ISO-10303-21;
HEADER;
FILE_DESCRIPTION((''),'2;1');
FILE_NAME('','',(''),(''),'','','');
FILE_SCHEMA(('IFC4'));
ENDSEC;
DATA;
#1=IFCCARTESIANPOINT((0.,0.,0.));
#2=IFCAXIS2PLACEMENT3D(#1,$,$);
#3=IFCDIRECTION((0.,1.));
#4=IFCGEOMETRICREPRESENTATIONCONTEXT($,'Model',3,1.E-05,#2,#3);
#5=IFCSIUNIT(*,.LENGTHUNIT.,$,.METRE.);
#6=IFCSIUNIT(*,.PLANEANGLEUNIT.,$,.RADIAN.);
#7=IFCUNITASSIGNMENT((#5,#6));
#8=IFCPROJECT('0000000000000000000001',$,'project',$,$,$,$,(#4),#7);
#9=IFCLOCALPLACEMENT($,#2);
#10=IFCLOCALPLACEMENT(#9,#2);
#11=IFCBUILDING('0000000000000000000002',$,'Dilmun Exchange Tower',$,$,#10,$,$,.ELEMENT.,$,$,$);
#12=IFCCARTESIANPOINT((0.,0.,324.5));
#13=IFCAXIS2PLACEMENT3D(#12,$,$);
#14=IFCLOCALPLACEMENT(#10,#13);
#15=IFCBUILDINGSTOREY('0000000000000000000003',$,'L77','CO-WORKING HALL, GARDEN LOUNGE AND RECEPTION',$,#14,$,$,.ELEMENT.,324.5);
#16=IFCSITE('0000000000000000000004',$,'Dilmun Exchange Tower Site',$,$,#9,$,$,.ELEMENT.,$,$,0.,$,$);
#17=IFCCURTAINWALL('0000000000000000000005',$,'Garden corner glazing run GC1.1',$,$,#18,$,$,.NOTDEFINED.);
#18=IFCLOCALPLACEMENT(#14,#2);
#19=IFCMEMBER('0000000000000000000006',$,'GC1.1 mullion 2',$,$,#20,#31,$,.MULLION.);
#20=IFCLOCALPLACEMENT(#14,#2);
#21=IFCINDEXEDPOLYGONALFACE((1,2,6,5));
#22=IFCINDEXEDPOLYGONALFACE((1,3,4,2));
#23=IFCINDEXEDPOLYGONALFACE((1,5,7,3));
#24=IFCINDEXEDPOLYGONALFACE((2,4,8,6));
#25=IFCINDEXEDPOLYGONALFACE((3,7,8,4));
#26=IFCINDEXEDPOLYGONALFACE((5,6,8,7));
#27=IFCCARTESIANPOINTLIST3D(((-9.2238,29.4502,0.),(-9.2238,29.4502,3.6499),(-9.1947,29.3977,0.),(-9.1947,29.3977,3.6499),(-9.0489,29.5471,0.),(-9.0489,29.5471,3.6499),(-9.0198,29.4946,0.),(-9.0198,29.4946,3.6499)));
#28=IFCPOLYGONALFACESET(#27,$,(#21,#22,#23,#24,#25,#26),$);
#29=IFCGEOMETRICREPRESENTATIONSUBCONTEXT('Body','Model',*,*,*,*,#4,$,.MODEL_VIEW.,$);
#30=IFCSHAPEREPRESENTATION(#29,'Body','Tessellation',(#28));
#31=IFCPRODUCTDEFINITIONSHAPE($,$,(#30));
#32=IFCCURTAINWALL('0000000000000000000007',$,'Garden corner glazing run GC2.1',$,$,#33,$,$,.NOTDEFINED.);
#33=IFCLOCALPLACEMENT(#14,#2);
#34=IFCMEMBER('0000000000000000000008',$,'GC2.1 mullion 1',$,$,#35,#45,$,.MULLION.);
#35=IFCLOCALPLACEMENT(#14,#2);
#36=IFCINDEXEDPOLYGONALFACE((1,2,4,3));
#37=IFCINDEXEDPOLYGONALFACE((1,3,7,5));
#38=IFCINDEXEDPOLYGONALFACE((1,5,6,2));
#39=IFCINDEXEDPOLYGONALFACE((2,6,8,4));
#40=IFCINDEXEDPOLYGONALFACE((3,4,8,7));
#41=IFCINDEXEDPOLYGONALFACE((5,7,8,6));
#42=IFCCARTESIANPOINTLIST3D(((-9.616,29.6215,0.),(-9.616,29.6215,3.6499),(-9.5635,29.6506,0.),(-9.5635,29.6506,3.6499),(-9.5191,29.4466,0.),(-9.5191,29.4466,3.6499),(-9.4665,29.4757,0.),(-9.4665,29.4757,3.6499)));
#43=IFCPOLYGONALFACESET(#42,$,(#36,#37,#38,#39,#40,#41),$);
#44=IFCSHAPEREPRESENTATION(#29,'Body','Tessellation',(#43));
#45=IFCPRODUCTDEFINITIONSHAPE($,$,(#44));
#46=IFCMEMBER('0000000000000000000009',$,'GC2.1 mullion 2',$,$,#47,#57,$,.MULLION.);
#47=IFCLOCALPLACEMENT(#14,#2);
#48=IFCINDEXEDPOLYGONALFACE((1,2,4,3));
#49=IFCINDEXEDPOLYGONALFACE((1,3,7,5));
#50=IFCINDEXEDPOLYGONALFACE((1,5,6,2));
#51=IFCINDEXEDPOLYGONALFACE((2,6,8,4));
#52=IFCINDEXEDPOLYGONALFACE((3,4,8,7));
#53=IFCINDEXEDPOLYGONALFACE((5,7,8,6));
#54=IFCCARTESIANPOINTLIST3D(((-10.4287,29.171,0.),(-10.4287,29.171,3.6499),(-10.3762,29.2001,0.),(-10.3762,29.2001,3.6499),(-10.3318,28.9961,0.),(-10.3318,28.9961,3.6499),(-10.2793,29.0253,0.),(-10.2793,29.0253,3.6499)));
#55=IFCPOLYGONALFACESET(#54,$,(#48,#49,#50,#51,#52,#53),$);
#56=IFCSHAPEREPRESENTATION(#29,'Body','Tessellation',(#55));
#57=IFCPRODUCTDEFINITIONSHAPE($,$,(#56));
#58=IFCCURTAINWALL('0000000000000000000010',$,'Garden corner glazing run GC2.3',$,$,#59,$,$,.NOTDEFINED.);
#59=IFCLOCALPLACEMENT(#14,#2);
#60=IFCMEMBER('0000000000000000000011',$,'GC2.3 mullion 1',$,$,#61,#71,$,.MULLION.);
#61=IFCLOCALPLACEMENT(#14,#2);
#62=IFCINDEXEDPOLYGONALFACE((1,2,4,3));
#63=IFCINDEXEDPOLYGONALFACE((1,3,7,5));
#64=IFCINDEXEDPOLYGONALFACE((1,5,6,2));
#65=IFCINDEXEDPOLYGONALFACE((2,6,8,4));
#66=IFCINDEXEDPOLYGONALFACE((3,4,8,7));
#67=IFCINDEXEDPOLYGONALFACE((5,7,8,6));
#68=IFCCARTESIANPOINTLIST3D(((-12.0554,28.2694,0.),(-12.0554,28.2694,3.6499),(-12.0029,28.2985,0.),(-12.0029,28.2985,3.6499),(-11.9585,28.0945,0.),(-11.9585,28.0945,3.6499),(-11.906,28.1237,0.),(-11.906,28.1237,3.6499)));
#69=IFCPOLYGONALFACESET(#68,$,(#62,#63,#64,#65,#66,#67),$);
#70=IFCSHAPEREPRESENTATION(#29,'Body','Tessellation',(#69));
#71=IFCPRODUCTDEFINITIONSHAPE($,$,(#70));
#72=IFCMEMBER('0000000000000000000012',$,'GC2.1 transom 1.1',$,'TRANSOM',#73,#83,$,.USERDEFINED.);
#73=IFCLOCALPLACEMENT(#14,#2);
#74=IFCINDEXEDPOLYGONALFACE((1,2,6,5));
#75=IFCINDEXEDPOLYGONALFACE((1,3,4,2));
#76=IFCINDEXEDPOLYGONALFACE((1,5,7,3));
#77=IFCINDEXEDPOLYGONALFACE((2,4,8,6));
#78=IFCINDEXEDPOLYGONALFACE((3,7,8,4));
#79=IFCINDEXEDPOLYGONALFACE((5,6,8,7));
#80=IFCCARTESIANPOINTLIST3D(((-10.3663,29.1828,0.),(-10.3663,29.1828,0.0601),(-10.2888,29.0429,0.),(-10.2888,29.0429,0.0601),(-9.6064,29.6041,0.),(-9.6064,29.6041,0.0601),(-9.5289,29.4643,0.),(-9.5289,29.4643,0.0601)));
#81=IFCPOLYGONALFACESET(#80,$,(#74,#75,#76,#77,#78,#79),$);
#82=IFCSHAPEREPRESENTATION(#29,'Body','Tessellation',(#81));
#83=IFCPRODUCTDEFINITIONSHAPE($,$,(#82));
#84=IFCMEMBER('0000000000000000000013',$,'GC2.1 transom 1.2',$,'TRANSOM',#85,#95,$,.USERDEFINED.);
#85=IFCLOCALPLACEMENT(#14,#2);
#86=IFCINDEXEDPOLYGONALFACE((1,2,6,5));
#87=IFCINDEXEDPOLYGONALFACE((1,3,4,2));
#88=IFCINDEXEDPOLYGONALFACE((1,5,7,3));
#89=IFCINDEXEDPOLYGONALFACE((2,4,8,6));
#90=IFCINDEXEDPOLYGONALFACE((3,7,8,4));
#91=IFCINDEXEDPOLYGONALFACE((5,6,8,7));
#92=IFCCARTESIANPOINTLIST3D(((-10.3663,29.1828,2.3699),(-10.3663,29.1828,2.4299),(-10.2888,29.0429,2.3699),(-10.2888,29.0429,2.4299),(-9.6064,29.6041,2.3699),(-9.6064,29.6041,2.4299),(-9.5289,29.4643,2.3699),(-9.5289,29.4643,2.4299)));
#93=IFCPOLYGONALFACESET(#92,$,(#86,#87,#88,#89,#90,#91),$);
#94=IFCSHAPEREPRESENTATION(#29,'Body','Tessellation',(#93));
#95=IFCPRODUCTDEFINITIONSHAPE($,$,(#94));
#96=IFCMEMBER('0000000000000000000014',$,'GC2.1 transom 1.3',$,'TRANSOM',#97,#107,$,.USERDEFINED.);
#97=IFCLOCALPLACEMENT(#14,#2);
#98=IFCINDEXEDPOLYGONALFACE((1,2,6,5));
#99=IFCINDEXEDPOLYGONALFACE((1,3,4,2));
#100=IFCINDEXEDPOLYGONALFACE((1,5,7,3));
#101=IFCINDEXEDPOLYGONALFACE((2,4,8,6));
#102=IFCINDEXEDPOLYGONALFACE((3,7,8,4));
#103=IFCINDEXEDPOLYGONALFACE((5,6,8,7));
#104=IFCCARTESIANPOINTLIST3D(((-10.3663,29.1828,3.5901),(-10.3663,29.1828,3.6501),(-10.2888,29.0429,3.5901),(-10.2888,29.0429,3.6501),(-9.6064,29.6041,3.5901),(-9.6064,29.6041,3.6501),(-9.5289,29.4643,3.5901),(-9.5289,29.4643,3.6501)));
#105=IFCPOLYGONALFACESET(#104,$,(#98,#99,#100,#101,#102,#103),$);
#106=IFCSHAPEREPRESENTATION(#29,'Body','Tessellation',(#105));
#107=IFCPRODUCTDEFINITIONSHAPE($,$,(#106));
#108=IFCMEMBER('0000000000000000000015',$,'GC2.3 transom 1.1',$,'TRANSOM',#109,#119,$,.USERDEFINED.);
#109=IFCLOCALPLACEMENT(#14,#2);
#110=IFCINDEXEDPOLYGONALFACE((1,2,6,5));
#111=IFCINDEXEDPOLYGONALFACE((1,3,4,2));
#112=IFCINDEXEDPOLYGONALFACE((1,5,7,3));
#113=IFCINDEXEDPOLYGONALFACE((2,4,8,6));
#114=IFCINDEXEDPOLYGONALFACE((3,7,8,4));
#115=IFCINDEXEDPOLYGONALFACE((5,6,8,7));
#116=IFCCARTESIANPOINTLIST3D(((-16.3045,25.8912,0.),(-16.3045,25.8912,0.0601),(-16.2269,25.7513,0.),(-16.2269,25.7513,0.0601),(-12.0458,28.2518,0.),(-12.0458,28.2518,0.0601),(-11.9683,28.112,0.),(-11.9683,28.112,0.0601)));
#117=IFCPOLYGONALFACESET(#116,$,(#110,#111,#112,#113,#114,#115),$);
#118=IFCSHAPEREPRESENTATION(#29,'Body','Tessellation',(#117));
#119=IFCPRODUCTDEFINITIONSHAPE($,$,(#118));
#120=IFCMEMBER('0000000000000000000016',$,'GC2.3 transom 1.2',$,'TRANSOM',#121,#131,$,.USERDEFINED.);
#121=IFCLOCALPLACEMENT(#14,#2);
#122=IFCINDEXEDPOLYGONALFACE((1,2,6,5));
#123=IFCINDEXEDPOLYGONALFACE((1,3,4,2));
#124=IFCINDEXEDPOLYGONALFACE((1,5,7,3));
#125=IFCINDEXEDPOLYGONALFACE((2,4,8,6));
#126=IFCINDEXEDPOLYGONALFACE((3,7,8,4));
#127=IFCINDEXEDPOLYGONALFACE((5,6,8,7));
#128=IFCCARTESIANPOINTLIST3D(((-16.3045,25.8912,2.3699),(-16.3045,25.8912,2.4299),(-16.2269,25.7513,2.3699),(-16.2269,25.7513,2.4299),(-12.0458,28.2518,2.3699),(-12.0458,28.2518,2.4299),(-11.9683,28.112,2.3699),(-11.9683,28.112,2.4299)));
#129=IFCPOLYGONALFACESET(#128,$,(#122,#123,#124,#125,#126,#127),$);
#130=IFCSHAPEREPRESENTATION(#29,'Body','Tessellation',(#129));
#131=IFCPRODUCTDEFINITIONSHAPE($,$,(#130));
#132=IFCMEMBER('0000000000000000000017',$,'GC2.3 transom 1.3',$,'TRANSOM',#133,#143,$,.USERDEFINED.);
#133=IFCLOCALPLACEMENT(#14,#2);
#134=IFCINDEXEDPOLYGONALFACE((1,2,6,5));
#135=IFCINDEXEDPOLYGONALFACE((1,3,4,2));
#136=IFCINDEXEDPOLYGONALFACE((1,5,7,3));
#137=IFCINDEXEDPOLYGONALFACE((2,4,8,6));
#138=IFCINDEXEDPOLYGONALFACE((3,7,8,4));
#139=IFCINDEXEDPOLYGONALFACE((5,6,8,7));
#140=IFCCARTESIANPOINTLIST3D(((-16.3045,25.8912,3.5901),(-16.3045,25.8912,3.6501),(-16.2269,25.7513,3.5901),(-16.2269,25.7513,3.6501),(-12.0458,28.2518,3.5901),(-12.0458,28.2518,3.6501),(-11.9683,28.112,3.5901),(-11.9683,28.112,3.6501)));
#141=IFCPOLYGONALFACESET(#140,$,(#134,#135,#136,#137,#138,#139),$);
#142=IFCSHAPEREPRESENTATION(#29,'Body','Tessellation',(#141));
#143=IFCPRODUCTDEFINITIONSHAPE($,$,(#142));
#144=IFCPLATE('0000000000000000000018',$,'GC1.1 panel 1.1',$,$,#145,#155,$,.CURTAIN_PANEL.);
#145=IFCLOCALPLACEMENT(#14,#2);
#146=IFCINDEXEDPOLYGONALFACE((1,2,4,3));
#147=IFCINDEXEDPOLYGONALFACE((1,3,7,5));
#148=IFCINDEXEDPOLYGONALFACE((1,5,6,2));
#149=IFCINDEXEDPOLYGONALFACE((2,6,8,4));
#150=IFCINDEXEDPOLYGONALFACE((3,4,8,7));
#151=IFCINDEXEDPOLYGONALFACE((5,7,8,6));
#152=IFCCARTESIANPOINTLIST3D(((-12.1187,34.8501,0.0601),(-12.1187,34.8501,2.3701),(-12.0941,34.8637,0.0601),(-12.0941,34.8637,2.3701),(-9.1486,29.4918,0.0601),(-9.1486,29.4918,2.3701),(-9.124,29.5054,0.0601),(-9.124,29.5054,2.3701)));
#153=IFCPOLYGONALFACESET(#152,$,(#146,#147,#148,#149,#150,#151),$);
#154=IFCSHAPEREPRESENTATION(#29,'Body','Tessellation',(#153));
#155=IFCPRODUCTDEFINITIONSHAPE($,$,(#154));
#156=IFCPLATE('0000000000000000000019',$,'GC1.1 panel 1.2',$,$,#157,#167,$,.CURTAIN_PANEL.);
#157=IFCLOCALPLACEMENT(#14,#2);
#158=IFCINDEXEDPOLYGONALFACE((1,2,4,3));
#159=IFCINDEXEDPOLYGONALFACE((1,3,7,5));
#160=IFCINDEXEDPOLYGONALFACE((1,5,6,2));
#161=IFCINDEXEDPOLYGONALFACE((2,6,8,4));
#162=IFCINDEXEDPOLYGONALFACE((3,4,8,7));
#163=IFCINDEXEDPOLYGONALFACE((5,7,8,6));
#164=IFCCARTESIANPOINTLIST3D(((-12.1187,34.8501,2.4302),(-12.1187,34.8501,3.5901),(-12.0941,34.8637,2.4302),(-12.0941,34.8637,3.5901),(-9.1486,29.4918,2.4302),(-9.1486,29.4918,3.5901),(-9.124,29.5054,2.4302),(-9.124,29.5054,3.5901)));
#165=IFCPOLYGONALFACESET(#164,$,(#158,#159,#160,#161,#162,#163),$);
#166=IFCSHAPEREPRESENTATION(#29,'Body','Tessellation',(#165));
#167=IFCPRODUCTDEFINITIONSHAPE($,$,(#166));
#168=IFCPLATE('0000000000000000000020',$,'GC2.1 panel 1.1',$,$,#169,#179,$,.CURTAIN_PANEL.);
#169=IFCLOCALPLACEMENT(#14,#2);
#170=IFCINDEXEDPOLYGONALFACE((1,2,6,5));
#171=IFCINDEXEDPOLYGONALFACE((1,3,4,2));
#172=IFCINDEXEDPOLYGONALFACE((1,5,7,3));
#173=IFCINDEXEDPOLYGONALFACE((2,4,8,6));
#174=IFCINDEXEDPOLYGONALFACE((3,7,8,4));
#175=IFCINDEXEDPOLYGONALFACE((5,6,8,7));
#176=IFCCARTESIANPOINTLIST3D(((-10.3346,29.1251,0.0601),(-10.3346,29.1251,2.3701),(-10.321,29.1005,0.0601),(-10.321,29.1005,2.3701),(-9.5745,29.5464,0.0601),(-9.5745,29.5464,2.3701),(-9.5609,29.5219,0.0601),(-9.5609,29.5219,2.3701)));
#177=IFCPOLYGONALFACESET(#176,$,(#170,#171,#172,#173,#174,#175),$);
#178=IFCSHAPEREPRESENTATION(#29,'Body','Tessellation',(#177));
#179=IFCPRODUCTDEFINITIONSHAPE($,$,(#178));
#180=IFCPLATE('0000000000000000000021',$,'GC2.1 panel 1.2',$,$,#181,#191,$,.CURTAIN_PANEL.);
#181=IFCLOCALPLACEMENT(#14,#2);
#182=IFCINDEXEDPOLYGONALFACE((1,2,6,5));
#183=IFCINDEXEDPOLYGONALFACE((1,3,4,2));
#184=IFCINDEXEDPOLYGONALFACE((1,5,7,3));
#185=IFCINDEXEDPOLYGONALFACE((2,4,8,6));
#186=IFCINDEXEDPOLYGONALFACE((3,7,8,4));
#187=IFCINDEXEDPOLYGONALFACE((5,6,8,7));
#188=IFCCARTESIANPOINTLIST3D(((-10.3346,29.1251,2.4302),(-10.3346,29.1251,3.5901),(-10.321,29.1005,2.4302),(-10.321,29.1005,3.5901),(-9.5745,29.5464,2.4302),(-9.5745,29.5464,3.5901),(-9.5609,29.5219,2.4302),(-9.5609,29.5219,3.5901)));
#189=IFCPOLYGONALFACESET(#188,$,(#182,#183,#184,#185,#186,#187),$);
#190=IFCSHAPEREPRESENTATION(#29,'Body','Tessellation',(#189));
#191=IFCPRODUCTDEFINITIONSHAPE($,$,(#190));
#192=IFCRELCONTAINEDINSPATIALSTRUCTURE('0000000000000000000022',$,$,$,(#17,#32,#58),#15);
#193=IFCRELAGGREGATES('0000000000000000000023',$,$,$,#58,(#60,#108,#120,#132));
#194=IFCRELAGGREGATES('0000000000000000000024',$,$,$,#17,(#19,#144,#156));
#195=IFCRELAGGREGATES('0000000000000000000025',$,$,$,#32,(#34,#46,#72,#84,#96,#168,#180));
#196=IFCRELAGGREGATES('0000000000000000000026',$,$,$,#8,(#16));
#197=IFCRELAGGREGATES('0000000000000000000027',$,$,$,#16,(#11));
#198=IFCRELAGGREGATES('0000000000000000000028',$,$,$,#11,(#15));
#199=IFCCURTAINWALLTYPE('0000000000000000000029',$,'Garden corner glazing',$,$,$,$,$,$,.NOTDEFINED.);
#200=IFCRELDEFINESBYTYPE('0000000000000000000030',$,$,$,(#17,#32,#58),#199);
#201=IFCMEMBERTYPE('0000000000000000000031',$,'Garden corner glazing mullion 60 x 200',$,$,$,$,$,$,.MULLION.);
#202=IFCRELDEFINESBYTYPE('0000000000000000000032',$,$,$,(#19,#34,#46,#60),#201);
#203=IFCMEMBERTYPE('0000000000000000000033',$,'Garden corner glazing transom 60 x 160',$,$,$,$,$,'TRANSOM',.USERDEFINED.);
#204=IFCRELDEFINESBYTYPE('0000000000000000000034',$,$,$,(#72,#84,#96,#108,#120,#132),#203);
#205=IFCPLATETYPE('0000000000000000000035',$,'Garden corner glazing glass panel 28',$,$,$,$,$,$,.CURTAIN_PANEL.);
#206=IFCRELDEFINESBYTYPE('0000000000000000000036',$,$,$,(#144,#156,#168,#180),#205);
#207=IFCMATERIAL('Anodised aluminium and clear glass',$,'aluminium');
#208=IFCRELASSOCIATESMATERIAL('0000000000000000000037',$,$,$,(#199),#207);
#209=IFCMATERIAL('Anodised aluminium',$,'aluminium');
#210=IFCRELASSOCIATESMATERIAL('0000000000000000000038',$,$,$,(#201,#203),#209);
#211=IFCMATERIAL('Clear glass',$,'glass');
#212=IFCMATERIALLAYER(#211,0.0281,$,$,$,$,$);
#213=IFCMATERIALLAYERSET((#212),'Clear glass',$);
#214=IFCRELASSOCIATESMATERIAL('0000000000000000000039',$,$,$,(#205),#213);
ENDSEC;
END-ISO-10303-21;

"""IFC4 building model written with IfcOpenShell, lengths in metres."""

from ifc_helpers import new_model, si_unit, direction, frame, origin, origin_2d, place, context, subcontext, project, spatial, rectangle, extrude, material, layer, layer_set, material_profile, profile_set, type_object, element, aggregate, save


model = new_model("IFC4")

# Units and contexts
model_context = context("Model", 3, precision=1e-05, world=origin(), true_north=direction((0.0, 1.0)))
body_context = subcontext(model_context, "Body", "Model", "MODEL_VIEW")
ifc_project = project(units=[si_unit("LENGTHUNIT", "METRE"), si_unit("PLANEANGLEUNIT", "RADIAN")], contexts=[model_context])

# Site, building, storey
site_placement = place(None, origin())
site = spatial("IfcSite", under=ifc_project, at=site_placement, Name="Dilmun Exchange Tower Site", CompositionType="ELEMENT", RefElevation=0.0)
building_placement = place(site_placement, origin())
building = spatial("IfcBuilding", under=site, at=building_placement, Name="Dilmun Exchange Tower", CompositionType="ELEMENT")
storey_placement = place(building_placement, frame((0.0, 0.0, 324.5)))
storey = spatial("IfcBuildingStorey", under=building, at=storey_placement, Name="L77", Description="CO-WORKING HALL, GARDEN LOUNGE AND RECEPTION", CompositionType="ELEMENT", Elevation=324.5)

# Curtain wall, member
ifc_material_1 = material(Name="Anodised aluminium and clear glass", Category="aluminium")
curtain_wall_type = type_object("IfcCurtainWallType", Name="Garden corner glazing", PredefinedType="NOTDEFINED", material=ifc_material_1)
curtain_wall_1_placement = place(storey_placement, origin())
curtain_wall_1 = element("IfcCurtainWall", 1, at=curtain_wall_1_placement, inside=storey, type_object=curtain_wall_type, Name="Garden corner glazing run GC1.1", PredefinedType="NOTDEFINED")
ifc_material_2 = material(Name="Anodised aluminium", Category="aluminium")
ifc_material_profile_1 = material_profile(ifc_material_2, rectangle(XDim=0.2, YDim=0.0601, at=origin_2d()), Name="AL 60x200")
ifc_profile_set_1 = profile_set([ifc_material_profile_1], Name="Anodised aluminium")
member_type_1 = type_object("IfcMemberType", Name="Garden corner glazing mullion 60 x 200", PredefinedType="MULLION", material=ifc_profile_set_1)
member_1_placement = place(storey_placement, frame((-9.1218, 29.4724, 0.0), z_axis=(0.0, 0.0, 1.0), x_axis=(0.874624, 0.484803, 0.0)))
member_1 = element("IfcMember", 2, at=member_1_placement, type_object=member_type_1, Name="GC1.1 mullion 2", PredefinedType="MULLION", context=body_context, shape_type="SweptSolid", body=[
    extrude(rectangle(XDim=0.2, YDim=0.0601, at=origin_2d()), origin(), (0.0, 0.0, 1.0), 3.6499),
])

# Curtain wall, members
curtain_wall_2_placement = place(storey_placement, origin())
curtain_wall_2 = element("IfcCurtainWall", 3, at=curtain_wall_2_placement, inside=storey, type_object=curtain_wall_type, Name="Garden corner glazing run GC2.1", PredefinedType="NOTDEFINED")
member_2_placement = place(storey_placement, frame((-9.5413, 29.5486, 0.0), z_axis=(0.0, 0.0, 1.0), x_axis=(0.484784, -0.874634, 0.0)))
member_2 = element("IfcMember", 4, at=member_2_placement, type_object=member_type_1, Name="GC2.1 mullion 1", PredefinedType="MULLION", context=body_context, shape_type="SweptSolid", body=[
    extrude(rectangle(XDim=0.2, YDim=0.0601, at=origin_2d()), origin(), (0.0, 0.0, 1.0), 3.6499),
])
member_3_placement = place(storey_placement, frame((-10.354, 29.0981, 0.0), z_axis=(0.0, 0.0, 1.0), x_axis=(0.484784, -0.874634, 0.0)))
member_3 = element("IfcMember", 5, at=member_3_placement, type_object=member_type_1, Name="GC2.1 mullion 2", PredefinedType="MULLION", context=body_context, shape_type="SweptSolid", body=[
    extrude(rectangle(XDim=0.2, YDim=0.0601, at=origin_2d()), origin(), (0.0, 0.0, 1.0), 3.6499),
])

# Curtain wall, member
curtain_wall_3_placement = place(storey_placement, origin())
curtain_wall_3 = element("IfcCurtainWall", 6, at=curtain_wall_3_placement, inside=storey, type_object=curtain_wall_type, Name="Garden corner glazing run GC2.3", PredefinedType="NOTDEFINED")
member_4_placement = place(storey_placement, frame((-11.9807, 28.1965, 0.0), z_axis=(0.0, 0.0, 1.0), x_axis=(0.484812, -0.874618, 0.0)))
member_4 = element("IfcMember", 7, at=member_4_placement, type_object=member_type_1, Name="GC2.3 mullion 1", PredefinedType="MULLION", context=body_context, shape_type="SweptSolid", body=[
    extrude(rectangle(XDim=0.2, YDim=0.0601, at=origin_2d()), origin(), (0.0, 0.0, 1.0), 3.6499),
])

# Members
ifc_material_profile_2 = material_profile(ifc_material_2, rectangle(XDim=0.1599, YDim=0.0601, at=origin_2d()), Name="AL 60x160")
ifc_profile_set_2 = profile_set([ifc_material_profile_2], Name="Anodised aluminium")
member_type_2 = type_object("IfcMemberType", Name="Garden corner glazing transom 60 x 160", ElementType="TRANSOM", PredefinedType="USERDEFINED", material=ifc_profile_set_2)
member_5_placement = place(storey_placement, frame((-9.5676, 29.5342, 0.03), z_axis=(-0.874568, -0.484903, 0.0), x_axis=(0.484903, -0.874568, 0.0)))
member_5 = element("IfcMember", 8, at=member_5_placement, type_object=member_type_2, Name="GC2.1 transom 1.1", ObjectType="TRANSOM", PredefinedType="USERDEFINED", context=body_context, shape_type="SweptSolid", body=[
    extrude(rectangle(XDim=0.1599, YDim=0.0601, at=origin_2d()), origin(), (0.0, 0.0, 1.0), 0.8689),
])
member_6_placement = place(storey_placement, frame((-9.5676, 29.5342, 2.3999), z_axis=(-0.874568, -0.484903, 0.0), x_axis=(0.484903, -0.874568, 0.0)))
member_6 = element("IfcMember", 9, at=member_6_placement, type_object=member_type_2, Name="GC2.1 transom 1.2", ObjectType="TRANSOM", PredefinedType="USERDEFINED", context=body_context, shape_type="SweptSolid", body=[
    extrude(rectangle(XDim=0.1599, YDim=0.0601, at=origin_2d()), origin(), (0.0, 0.0, 1.0), 0.8689),
])
member_7_placement = place(storey_placement, frame((-9.5676, 29.5342, 3.6201), z_axis=(-0.874568, -0.484903, 0.0), x_axis=(0.484903, -0.874568, 0.0)))
member_7 = element("IfcMember", 10, at=member_7_placement, type_object=member_type_2, Name="GC2.1 transom 1.3", ObjectType="TRANSOM", PredefinedType="USERDEFINED", context=body_context, shape_type="SweptSolid", body=[
    extrude(rectangle(XDim=0.1599, YDim=0.0601, at=origin_2d()), origin(), (0.0, 0.0, 1.0), 0.8689),
])
member_8_placement = place(storey_placement, frame((-12.0071, 28.1819, 0.03), z_axis=(-0.874616, -0.484817, 0.0), x_axis=(0.484817, -0.874616, 0.0)))
member_8 = element("IfcMember", 11, at=member_8_placement, type_object=member_type_2, Name="GC2.3 transom 1.1", ObjectType="TRANSOM", PredefinedType="USERDEFINED", context=body_context, shape_type="SweptSolid", body=[
    extrude(rectangle(XDim=0.1599, YDim=0.0601, at=origin_2d()), origin(), (0.0, 0.0, 1.0), 4.8691),
])
member_9_placement = place(storey_placement, frame((-12.0071, 28.1819, 2.3999), z_axis=(-0.874616, -0.484817, 0.0), x_axis=(0.484817, -0.874616, 0.0)))
member_9 = element("IfcMember", 12, at=member_9_placement, type_object=member_type_2, Name="GC2.3 transom 1.2", ObjectType="TRANSOM", PredefinedType="USERDEFINED", context=body_context, shape_type="SweptSolid", body=[
    extrude(rectangle(XDim=0.1599, YDim=0.0601, at=origin_2d()), origin(), (0.0, 0.0, 1.0), 4.8691),
])
member_10_placement = place(storey_placement, frame((-12.0071, 28.1819, 3.6201), z_axis=(-0.874616, -0.484817, 0.0), x_axis=(0.484817, -0.874616, 0.0)))
member_10 = element("IfcMember", 13, at=member_10_placement, type_object=member_type_2, Name="GC2.3 transom 1.3", ObjectType="TRANSOM", PredefinedType="USERDEFINED", context=body_context, shape_type="SweptSolid", body=[
    extrude(rectangle(XDim=0.1599, YDim=0.0601, at=origin_2d()), origin(), (0.0, 0.0, 1.0), 4.8691),
])
aggregate(curtain_wall_3, [member_4, member_8, member_9, member_10])

# Plates
ifc_material_3 = material(Name="Clear glass", Category="glass")
ifc_layer_1 = layer(ifc_material_3, 0.0281)
ifc_layer_set_1 = layer_set([ifc_layer_1], Name="Clear glass")
plate_type = type_object("IfcPlateType", Name="Garden corner glazing glass panel 28", PredefinedType="CURTAIN_PANEL", material=ifc_layer_set_1)
plate_1_placement = place(storey_placement, frame((-10.6213, 32.1777, 0.0601), z_axis=(0.0, 0.0, 1.0), x_axis=(0.484803, -0.874624, 0.0)))
plate_1 = element("IfcPlate", 14, at=plate_1_placement, type_object=plate_type, Name="GC1.1 panel 1.1", PredefinedType="CURTAIN_PANEL", context=body_context, shape_type="SweptSolid", body=[
    extrude(rectangle(XDim=6.1265, YDim=0.0281, at=origin_2d()), origin(), (0.0, 0.0, 1.0), 2.3101),
])
plate_2_placement = place(storey_placement, frame((-10.6213, 32.1777, 2.4302), z_axis=(0.0, 0.0, 1.0), x_axis=(0.484803, -0.874624, 0.0)))
plate_2 = element("IfcPlate", 15, at=plate_2_placement, type_object=plate_type, Name="GC1.1 panel 1.2", PredefinedType="CURTAIN_PANEL", context=body_context, shape_type="SweptSolid", body=[
    extrude(rectangle(XDim=6.1265, YDim=0.0281, at=origin_2d()), origin(), (0.0, 0.0, 1.0), 1.1599),
])
aggregate(curtain_wall_1, [member_1, plate_1, plate_2])
plate_3_placement = place(storey_placement, frame((-9.9478, 29.3235, 0.0601), z_axis=(0.0, 0.0, 1.0), x_axis=(-0.874634, -0.484784, 0.0)))
plate_3 = element("IfcPlate", 16, at=plate_3_placement, type_object=plate_type, Name="GC2.1 panel 1.1", PredefinedType="CURTAIN_PANEL", context=body_context, shape_type="SweptSolid", body=[
    extrude(rectangle(XDim=0.8691, YDim=0.0281, at=origin_2d()), origin(), (0.0, 0.0, 1.0), 2.3101),
])
plate_4_placement = place(storey_placement, frame((-9.9478, 29.3235, 2.4302), z_axis=(0.0, 0.0, 1.0), x_axis=(-0.874634, -0.484784, 0.0)))
plate_4 = element("IfcPlate", 17, at=plate_4_placement, type_object=plate_type, Name="GC2.1 panel 1.2", PredefinedType="CURTAIN_PANEL", context=body_context, shape_type="SweptSolid", body=[
    extrude(rectangle(XDim=0.8691, YDim=0.0281, at=origin_2d()), origin(), (0.0, 0.0, 1.0), 1.1599),
])
aggregate(curtain_wall_2, [member_2, member_3, member_5, member_6, member_7, plate_3, plate_4])

save(model, "model.ifc")
